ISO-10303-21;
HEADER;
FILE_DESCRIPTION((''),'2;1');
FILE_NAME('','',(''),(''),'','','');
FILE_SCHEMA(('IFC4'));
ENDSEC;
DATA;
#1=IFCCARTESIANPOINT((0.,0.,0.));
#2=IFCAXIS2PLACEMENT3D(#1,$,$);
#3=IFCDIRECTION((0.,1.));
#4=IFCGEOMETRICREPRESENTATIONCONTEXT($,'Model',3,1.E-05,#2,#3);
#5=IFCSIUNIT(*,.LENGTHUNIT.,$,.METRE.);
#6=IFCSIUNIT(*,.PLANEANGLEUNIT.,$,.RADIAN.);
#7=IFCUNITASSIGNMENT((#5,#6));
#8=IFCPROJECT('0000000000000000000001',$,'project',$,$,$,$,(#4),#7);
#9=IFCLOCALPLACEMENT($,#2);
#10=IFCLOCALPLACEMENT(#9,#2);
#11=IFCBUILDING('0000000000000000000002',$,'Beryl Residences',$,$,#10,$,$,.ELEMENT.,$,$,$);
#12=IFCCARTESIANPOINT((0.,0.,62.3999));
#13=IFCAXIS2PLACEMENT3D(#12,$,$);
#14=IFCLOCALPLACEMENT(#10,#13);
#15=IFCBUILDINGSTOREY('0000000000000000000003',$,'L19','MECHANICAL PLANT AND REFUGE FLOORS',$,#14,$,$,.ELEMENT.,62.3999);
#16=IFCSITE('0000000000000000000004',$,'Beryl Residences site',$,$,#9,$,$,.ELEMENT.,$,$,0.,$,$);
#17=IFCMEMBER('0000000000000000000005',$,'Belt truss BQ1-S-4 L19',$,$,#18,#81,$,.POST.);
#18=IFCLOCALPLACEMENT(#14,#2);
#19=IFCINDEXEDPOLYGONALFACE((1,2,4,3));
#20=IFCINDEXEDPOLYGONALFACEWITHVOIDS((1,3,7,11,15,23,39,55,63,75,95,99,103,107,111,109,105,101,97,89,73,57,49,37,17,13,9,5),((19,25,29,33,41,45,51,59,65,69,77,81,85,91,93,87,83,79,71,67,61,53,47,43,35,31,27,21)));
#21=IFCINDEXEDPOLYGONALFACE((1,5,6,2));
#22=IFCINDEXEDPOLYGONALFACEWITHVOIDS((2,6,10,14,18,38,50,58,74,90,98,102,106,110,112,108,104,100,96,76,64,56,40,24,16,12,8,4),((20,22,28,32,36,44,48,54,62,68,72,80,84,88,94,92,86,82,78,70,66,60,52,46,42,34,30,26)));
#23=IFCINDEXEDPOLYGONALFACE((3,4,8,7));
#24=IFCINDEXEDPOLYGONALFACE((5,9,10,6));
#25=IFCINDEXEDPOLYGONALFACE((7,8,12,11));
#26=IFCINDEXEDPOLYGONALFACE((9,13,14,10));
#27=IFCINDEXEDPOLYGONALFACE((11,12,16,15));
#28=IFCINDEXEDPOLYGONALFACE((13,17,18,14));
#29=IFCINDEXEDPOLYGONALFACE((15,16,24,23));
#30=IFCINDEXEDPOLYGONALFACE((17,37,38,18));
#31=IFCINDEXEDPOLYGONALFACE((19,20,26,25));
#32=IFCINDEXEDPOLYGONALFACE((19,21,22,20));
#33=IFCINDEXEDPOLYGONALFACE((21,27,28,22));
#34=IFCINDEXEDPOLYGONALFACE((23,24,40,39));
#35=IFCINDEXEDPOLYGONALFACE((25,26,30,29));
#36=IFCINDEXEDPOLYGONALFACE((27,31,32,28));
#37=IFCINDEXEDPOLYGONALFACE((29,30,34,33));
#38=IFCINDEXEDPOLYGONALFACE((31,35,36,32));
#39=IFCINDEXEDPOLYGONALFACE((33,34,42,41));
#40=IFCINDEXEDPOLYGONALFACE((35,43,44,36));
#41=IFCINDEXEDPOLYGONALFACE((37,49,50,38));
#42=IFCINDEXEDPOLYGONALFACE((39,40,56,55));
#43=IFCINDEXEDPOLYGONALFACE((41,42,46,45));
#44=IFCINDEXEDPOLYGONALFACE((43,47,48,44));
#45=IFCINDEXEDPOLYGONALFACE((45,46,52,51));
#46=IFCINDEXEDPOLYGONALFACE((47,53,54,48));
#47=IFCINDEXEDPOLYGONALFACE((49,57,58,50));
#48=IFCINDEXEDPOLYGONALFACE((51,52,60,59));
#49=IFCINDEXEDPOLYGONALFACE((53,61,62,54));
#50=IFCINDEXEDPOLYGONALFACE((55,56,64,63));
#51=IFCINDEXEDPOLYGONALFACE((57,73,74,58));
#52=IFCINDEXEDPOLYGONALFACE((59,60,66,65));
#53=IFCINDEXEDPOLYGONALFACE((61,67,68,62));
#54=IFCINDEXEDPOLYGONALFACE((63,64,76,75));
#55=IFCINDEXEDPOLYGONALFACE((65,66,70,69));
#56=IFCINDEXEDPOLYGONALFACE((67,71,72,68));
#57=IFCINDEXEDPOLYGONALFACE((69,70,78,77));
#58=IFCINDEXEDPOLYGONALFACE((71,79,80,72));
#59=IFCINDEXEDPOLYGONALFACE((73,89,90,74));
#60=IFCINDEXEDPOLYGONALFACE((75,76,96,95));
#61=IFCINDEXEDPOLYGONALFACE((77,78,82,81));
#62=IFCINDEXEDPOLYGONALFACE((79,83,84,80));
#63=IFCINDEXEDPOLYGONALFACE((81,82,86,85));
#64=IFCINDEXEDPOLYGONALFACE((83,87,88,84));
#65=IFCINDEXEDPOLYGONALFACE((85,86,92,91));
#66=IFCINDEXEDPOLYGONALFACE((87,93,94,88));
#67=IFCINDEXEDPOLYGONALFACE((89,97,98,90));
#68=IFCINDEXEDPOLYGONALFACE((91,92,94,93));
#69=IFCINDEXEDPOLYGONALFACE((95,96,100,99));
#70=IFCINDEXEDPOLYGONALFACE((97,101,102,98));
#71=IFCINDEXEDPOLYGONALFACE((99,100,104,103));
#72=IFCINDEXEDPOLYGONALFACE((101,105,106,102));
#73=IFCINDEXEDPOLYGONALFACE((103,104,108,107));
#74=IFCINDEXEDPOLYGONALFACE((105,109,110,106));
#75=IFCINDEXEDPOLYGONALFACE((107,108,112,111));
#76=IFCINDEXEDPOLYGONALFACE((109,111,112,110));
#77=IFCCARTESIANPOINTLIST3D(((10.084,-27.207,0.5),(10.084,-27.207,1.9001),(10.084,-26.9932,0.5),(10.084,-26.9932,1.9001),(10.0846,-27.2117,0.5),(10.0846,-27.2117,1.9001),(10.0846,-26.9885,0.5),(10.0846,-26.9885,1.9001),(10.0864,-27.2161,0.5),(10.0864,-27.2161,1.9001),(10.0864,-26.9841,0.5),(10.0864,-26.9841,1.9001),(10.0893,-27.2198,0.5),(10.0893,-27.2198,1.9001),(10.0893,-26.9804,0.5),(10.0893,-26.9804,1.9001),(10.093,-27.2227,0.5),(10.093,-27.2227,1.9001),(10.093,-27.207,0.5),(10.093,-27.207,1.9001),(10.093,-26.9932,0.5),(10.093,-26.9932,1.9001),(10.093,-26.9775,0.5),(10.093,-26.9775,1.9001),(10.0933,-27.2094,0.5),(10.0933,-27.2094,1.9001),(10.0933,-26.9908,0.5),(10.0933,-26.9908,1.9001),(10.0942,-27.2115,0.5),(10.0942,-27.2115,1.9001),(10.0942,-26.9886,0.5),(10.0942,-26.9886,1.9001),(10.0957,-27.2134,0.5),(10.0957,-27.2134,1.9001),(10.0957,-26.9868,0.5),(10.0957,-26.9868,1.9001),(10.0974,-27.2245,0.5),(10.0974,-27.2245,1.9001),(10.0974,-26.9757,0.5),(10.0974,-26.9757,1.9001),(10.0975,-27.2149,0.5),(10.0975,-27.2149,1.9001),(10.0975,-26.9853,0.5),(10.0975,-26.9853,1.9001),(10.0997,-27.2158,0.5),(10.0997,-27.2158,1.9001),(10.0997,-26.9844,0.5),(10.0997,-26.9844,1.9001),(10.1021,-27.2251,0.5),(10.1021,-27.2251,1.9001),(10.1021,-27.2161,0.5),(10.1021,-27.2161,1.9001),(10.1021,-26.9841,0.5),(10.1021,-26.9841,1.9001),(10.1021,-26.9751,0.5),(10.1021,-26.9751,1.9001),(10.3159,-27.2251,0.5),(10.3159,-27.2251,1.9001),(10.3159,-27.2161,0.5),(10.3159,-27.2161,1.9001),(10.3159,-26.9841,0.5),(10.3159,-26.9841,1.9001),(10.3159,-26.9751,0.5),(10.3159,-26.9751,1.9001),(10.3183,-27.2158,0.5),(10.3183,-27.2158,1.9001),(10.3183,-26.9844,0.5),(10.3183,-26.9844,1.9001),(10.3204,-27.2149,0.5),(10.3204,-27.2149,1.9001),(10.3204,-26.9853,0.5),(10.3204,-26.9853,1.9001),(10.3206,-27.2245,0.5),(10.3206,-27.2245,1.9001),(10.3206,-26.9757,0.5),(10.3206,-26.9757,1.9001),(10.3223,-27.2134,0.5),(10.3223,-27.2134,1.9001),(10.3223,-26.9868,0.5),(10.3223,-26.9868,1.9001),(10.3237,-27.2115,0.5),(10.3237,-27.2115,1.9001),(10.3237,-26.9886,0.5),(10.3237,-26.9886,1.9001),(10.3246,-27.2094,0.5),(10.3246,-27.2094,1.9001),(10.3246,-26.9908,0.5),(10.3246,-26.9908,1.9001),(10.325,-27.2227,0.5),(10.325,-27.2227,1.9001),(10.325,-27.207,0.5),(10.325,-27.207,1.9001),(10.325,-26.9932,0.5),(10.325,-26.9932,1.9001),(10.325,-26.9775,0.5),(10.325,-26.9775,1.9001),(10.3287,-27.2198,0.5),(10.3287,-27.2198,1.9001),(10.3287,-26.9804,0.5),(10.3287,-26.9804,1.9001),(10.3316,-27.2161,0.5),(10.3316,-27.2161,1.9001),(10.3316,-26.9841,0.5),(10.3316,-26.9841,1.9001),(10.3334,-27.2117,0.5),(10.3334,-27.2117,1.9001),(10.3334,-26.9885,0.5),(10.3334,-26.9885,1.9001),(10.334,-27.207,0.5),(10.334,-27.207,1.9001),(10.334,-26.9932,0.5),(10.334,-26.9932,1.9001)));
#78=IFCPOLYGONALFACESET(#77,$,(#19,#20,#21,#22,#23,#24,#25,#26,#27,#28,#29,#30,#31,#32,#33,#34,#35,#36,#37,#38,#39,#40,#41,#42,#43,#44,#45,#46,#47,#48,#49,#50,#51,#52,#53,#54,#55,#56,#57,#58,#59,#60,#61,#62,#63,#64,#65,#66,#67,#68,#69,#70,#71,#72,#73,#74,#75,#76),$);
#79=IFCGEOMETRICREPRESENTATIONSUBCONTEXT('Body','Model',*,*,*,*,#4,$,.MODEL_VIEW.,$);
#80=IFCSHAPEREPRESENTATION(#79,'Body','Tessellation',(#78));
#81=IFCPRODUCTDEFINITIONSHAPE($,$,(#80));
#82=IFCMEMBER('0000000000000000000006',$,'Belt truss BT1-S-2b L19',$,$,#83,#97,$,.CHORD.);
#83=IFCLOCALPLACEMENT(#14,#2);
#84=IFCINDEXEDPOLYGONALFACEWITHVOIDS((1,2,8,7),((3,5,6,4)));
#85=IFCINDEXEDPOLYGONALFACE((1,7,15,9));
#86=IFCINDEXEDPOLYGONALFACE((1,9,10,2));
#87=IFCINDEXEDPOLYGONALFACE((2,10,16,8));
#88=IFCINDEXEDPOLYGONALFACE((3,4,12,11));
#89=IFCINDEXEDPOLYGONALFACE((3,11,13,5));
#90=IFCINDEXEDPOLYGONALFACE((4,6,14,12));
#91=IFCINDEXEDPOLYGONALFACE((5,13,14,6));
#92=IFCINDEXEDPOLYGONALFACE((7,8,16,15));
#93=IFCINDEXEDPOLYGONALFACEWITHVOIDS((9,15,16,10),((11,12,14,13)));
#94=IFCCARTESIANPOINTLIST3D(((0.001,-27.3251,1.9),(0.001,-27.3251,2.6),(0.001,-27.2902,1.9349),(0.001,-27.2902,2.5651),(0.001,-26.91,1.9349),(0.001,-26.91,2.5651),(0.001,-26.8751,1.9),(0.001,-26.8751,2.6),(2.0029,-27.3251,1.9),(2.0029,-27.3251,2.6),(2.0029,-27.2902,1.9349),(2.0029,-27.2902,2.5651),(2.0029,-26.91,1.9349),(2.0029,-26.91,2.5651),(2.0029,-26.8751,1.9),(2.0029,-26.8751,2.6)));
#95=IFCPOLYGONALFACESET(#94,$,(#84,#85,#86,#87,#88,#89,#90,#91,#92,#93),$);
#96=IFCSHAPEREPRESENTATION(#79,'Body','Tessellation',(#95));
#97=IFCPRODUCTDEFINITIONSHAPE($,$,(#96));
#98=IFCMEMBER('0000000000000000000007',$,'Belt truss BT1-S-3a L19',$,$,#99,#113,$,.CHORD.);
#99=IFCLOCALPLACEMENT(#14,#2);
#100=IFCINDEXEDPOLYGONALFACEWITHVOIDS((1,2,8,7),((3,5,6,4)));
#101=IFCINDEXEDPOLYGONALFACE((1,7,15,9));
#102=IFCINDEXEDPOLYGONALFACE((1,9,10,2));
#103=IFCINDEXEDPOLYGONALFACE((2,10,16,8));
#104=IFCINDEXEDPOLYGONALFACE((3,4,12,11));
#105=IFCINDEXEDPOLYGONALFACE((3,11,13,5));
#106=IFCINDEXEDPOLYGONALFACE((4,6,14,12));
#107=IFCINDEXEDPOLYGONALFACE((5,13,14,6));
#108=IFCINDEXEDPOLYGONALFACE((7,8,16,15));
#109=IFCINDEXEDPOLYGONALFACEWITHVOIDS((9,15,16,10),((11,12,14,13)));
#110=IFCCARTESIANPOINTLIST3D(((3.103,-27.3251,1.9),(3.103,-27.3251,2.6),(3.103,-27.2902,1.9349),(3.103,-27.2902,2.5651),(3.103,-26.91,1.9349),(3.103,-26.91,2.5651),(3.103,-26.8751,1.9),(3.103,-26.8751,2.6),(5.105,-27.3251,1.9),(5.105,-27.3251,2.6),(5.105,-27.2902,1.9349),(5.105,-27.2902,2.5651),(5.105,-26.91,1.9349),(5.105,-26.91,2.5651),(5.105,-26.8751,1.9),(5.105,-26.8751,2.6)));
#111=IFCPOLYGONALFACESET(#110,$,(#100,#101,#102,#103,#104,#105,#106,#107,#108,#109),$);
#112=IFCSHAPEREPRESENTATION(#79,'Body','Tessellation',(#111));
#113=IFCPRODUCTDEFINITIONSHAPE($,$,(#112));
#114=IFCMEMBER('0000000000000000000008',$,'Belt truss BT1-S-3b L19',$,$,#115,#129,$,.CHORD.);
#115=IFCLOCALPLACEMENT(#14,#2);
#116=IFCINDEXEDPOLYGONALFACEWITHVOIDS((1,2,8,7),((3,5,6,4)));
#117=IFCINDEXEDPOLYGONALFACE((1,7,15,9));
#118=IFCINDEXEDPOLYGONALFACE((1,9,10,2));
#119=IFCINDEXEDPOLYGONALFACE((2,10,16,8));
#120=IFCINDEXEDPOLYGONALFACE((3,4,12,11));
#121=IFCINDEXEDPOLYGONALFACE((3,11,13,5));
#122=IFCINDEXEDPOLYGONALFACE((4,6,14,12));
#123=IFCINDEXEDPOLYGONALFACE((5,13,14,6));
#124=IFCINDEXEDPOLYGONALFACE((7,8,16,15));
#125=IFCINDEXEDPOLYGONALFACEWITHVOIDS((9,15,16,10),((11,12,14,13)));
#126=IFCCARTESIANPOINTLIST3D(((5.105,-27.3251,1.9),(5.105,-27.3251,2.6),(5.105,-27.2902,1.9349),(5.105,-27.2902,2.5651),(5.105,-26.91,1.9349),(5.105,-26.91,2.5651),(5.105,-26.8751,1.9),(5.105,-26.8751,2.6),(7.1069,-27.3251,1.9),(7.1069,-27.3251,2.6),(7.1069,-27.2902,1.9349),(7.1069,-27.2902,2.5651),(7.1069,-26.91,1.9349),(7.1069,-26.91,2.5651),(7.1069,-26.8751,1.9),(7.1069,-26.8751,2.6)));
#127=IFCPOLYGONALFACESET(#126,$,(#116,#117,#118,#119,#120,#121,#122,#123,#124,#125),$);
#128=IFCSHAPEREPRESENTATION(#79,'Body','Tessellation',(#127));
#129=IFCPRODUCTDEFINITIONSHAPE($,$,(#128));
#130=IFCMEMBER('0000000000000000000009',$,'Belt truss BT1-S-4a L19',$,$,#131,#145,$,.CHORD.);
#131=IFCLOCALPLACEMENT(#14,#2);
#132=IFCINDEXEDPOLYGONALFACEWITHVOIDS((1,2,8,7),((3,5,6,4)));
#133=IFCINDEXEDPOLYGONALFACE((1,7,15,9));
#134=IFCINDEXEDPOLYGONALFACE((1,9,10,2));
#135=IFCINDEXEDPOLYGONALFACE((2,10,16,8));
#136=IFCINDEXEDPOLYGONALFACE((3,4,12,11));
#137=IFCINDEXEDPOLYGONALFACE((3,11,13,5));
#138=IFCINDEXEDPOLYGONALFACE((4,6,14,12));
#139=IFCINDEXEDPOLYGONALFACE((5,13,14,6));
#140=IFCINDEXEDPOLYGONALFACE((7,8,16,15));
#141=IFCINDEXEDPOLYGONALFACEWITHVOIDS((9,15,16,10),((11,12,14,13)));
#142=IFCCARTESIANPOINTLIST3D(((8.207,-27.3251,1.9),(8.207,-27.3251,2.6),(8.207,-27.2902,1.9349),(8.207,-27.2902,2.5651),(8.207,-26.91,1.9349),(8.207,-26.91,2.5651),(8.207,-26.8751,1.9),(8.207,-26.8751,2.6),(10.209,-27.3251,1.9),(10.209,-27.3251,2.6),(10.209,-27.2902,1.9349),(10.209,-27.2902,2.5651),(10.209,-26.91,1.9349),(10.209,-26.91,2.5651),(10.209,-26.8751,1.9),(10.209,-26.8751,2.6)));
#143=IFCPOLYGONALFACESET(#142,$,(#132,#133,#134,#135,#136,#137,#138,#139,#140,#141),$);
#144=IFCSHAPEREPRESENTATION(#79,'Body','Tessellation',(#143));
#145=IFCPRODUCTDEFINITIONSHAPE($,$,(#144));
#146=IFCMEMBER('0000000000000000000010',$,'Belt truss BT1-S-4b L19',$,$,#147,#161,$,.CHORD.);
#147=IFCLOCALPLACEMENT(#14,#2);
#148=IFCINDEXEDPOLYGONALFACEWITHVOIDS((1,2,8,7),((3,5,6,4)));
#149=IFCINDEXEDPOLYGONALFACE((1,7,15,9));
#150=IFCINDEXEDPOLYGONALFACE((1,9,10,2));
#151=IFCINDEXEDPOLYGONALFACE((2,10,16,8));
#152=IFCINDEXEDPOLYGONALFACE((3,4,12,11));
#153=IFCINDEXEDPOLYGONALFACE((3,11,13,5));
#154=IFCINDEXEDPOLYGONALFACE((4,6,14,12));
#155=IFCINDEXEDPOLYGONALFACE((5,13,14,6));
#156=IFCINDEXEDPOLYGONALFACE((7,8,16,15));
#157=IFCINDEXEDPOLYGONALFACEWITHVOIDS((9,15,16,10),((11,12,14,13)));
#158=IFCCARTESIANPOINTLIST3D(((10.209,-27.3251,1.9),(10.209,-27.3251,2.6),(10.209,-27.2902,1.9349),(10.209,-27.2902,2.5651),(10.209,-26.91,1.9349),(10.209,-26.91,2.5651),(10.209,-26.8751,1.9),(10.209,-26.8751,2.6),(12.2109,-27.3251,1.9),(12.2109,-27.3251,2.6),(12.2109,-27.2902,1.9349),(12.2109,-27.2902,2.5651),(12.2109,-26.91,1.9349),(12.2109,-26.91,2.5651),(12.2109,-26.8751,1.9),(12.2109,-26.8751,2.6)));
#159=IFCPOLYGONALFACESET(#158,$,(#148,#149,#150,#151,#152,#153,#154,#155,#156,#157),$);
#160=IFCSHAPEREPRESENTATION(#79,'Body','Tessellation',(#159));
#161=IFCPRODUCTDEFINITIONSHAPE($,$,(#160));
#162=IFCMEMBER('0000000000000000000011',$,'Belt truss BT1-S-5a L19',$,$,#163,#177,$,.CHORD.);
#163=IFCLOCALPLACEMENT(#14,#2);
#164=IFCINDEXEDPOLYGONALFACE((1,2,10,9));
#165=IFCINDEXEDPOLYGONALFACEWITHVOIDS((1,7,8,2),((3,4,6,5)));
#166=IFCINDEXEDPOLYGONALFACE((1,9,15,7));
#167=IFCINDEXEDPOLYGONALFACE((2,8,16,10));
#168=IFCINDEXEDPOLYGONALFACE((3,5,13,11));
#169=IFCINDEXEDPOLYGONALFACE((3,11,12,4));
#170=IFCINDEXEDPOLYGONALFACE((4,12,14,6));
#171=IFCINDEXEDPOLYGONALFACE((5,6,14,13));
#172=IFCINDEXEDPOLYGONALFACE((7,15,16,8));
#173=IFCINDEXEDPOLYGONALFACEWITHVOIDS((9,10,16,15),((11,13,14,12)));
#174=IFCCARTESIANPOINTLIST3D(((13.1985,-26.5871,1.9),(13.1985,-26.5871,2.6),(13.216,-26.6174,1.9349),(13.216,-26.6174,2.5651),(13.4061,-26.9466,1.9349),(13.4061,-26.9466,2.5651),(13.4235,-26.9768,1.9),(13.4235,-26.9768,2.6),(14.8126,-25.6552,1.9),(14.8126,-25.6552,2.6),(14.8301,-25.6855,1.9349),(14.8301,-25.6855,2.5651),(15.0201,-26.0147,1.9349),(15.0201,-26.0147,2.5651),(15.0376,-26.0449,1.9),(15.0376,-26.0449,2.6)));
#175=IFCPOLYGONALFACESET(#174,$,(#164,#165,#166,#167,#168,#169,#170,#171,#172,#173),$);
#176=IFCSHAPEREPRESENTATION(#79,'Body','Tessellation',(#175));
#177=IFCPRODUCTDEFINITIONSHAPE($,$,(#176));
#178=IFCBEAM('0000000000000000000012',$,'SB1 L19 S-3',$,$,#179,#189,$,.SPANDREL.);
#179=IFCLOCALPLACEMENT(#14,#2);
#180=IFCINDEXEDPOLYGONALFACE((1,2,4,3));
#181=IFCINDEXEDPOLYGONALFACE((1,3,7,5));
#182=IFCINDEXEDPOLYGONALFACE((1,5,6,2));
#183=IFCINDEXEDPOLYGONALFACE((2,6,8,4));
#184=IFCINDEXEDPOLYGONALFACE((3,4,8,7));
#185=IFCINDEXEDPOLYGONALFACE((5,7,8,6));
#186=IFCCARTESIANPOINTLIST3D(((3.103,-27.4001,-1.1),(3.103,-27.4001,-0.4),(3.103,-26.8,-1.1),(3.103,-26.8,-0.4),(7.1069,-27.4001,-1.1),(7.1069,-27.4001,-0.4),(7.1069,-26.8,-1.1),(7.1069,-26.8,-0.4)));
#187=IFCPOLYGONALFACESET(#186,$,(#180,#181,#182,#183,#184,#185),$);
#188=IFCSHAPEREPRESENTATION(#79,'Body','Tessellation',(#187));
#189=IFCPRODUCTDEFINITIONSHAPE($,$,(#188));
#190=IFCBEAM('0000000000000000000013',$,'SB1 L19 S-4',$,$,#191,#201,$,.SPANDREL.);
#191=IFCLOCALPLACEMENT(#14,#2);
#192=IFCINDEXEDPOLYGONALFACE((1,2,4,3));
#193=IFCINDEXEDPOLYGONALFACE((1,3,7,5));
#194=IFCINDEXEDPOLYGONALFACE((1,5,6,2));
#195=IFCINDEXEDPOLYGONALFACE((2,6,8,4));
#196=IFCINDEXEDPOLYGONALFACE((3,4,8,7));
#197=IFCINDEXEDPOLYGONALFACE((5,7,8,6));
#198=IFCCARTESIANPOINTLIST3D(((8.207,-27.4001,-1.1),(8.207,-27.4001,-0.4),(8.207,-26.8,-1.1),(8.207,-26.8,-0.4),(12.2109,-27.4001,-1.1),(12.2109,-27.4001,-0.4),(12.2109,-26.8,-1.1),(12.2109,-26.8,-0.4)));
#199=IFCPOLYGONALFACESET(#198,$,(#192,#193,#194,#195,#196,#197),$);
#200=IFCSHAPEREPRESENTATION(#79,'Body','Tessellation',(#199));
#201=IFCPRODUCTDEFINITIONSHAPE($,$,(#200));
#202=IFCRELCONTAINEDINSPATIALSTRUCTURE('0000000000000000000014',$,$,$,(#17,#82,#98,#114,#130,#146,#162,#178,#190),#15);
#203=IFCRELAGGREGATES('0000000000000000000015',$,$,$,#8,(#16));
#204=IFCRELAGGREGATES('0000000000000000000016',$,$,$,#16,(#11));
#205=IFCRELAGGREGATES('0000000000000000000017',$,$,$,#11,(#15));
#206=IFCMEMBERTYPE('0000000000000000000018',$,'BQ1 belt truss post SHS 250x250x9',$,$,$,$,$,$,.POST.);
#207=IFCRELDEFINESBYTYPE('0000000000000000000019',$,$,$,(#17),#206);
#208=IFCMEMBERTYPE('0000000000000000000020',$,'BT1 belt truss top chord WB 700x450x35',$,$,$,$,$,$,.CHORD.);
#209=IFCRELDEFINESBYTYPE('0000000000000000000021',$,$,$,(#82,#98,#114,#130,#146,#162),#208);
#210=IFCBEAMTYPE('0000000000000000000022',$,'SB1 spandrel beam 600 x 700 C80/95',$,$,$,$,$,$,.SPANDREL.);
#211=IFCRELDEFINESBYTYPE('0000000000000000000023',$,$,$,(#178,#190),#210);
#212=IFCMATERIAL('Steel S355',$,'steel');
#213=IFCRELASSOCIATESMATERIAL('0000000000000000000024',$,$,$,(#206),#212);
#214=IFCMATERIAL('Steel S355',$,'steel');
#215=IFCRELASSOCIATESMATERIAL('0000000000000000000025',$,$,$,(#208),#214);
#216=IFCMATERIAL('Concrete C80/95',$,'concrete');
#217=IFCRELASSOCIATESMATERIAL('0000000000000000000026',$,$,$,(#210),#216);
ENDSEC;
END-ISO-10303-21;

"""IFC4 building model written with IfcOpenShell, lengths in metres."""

from ifc_helpers import new_model, si_unit, direction, frame, origin, origin_2d, place, context, subcontext, project, spatial, rectangle, hollow_rectangle, extrude, material, material_profile, profile_set, type_object, element, save


model = new_model("IFC4")

# Units and contexts
model_context = context("Model", 3, precision=1e-05, world=origin(), true_north=direction((0.0, 1.0)))
body_context = subcontext(model_context, "Body", "Model", "MODEL_VIEW")
ifc_project = project(units=[si_unit("LENGTHUNIT", "METRE"), si_unit("PLANEANGLEUNIT", "RADIAN")], contexts=[model_context])

# Site, building, storey
site_placement = place(None, origin())
site = spatial("IfcSite", under=ifc_project, at=site_placement, Name="Beryl Residences site", CompositionType="ELEMENT", RefElevation=0.0)
building_placement = place(site_placement, origin())
building = spatial("IfcBuilding", under=site, at=building_placement, Name="Beryl Residences", CompositionType="ELEMENT")
storey_placement = place(building_placement, frame((0.0, 0.0, 62.3999)))
storey = spatial("IfcBuildingStorey", under=building, at=storey_placement, Name="L19", Description="MECHANICAL PLANT AND REFUGE FLOORS", CompositionType="ELEMENT", Elevation=62.3999)

# Members
ifc_material_1 = material(Name="Steel S355", Category="steel")
ifc_material_profile_1 = material_profile(ifc_material_1, hollow_rectangle(XDim=0.25, YDim=0.25, WallThickness=0.009, InnerFilletRadius=0.009, OuterFilletRadius=0.0181, at=origin_2d()))
ifc_profile_set_1 = profile_set([ifc_material_profile_1], Name="Steel S355")
member_type_1 = type_object("IfcMemberType", Name="BQ1 belt truss post SHS 250x250x9", PredefinedType="POST", material=ifc_profile_set_1)
for number, where, z_axis, x_axis, name in (
    (1, (10.209, -27.1001, 0.5), (0.0, 0.0, 1.0), (1.0, 0.0, 0.0), "Belt truss BQ1-S-4 L19"),
):
    element("IfcMember", number, at=place(storey_placement, frame(where, z_axis=z_axis, x_axis=x_axis)), inside=storey, type_object=member_type_1, Name=name, PredefinedType="POST", context=body_context, shape_type="SweptSolid", body=[
        extrude(hollow_rectangle(XDim=0.25, YDim=0.25, WallThickness=0.009, InnerFilletRadius=0.009, OuterFilletRadius=0.0181, at=origin_2d()), origin(), (0.0, 0.0, 1.0), 1.4001),
    ])
ifc_material_2 = material(Name="Steel S355", Category="steel")
ifc_material_profile_2 = material_profile(ifc_material_2, hollow_rectangle(XDim=0.45, YDim=0.7, WallThickness=0.0349, at=origin_2d()))
ifc_profile_set_2 = profile_set([ifc_material_profile_2], Name="Steel S355")
member_type_2 = type_object("IfcMemberType", Name="BT1 belt truss top chord WB 700x450x35", PredefinedType="CHORD", material=ifc_profile_set_2)
for number, where, z_axis, x_axis, name in (
    (2, (0.001, -27.1001, 2.25), (1.0, 0.0, 0.0), (0.0, 1.0, 0.0), "Belt truss BT1-S-2b L19"),
    (3, (3.103, -27.1001, 2.25), (1.0, 0.0, 0.0), (0.0, 1.0, 0.0), "Belt truss BT1-S-3a L19"),
    (4, (5.105, -27.1001, 2.25), (1.0, 0.0, 0.0), (0.0, 1.0, 0.0), "Belt truss BT1-S-3b L19"),
    (5, (8.207, -27.1001, 2.25), (1.0, 0.0, 0.0), (0.0, 1.0, 0.0), "Belt truss BT1-S-4a L19"),
    (6, (10.209, -27.1001, 2.25), (1.0, 0.0, 0.0), (0.0, 1.0, 0.0), "Belt truss BT1-S-4b L19"),
):
    element("IfcMember", number, at=place(storey_placement, frame(where, z_axis=z_axis, x_axis=x_axis)), inside=storey, type_object=member_type_2, Name=name, PredefinedType="CHORD", context=body_context, shape_type="SweptSolid", body=[
        extrude(hollow_rectangle(XDim=0.45, YDim=0.7, WallThickness=0.0349, at=origin_2d()), origin(), (0.0, 0.0, 1.0), 2.002),
    ])
member_1_placement = place(storey_placement, frame((13.311, -26.782, 2.25), z_axis=(0.866018, 0.500013, 0.0), x_axis=(-0.500013, 0.866018, 0.0)))
element("IfcMember", 7, at=member_1_placement, inside=storey, type_object=member_type_2, Name="Belt truss BT1-S-5a L19", PredefinedType="CHORD", context=body_context, shape_type="SweptSolid", body=[
    extrude(hollow_rectangle(XDim=0.45, YDim=0.7, WallThickness=0.0349, at=origin_2d()), origin(), (0.0, 0.0, 1.0), 1.8638),
])

# Beams
ifc_material_3 = material(Name="Concrete C80/95", Category="concrete")
ifc_material_profile_3 = material_profile(ifc_material_3, rectangle(XDim=0.6001, YDim=0.7, at=origin_2d()))
ifc_profile_set_3 = profile_set([ifc_material_profile_3], Name="Concrete C80/95")
beam_type = type_object("IfcBeamType", Name="SB1 spandrel beam 600 x 700 C80/95", PredefinedType="SPANDREL", material=ifc_profile_set_3)
for number, where, z_axis, x_axis, name in (
    (8, (3.103, -27.1001, -0.75), (1.0, 0.0, 0.0), (0.0, 1.0, 0.0), "SB1 L19 S-3"),
    (9, (8.207, -27.1001, -0.75), (1.0, 0.0, 0.0), (0.0, 1.0, 0.0), "SB1 L19 S-4"),
):
    element("IfcBeam", number, at=place(storey_placement, frame(where, z_axis=z_axis, x_axis=x_axis)), inside=storey, type_object=beam_type, Name=name, PredefinedType="SPANDREL", context=body_context, shape_type="SweptSolid", body=[
        extrude(rectangle(XDim=0.6001, YDim=0.7, at=origin_2d()), origin(), (0.0, 0.0, 1.0), 4.0039),
    ])

save(model, "model.ifc")
